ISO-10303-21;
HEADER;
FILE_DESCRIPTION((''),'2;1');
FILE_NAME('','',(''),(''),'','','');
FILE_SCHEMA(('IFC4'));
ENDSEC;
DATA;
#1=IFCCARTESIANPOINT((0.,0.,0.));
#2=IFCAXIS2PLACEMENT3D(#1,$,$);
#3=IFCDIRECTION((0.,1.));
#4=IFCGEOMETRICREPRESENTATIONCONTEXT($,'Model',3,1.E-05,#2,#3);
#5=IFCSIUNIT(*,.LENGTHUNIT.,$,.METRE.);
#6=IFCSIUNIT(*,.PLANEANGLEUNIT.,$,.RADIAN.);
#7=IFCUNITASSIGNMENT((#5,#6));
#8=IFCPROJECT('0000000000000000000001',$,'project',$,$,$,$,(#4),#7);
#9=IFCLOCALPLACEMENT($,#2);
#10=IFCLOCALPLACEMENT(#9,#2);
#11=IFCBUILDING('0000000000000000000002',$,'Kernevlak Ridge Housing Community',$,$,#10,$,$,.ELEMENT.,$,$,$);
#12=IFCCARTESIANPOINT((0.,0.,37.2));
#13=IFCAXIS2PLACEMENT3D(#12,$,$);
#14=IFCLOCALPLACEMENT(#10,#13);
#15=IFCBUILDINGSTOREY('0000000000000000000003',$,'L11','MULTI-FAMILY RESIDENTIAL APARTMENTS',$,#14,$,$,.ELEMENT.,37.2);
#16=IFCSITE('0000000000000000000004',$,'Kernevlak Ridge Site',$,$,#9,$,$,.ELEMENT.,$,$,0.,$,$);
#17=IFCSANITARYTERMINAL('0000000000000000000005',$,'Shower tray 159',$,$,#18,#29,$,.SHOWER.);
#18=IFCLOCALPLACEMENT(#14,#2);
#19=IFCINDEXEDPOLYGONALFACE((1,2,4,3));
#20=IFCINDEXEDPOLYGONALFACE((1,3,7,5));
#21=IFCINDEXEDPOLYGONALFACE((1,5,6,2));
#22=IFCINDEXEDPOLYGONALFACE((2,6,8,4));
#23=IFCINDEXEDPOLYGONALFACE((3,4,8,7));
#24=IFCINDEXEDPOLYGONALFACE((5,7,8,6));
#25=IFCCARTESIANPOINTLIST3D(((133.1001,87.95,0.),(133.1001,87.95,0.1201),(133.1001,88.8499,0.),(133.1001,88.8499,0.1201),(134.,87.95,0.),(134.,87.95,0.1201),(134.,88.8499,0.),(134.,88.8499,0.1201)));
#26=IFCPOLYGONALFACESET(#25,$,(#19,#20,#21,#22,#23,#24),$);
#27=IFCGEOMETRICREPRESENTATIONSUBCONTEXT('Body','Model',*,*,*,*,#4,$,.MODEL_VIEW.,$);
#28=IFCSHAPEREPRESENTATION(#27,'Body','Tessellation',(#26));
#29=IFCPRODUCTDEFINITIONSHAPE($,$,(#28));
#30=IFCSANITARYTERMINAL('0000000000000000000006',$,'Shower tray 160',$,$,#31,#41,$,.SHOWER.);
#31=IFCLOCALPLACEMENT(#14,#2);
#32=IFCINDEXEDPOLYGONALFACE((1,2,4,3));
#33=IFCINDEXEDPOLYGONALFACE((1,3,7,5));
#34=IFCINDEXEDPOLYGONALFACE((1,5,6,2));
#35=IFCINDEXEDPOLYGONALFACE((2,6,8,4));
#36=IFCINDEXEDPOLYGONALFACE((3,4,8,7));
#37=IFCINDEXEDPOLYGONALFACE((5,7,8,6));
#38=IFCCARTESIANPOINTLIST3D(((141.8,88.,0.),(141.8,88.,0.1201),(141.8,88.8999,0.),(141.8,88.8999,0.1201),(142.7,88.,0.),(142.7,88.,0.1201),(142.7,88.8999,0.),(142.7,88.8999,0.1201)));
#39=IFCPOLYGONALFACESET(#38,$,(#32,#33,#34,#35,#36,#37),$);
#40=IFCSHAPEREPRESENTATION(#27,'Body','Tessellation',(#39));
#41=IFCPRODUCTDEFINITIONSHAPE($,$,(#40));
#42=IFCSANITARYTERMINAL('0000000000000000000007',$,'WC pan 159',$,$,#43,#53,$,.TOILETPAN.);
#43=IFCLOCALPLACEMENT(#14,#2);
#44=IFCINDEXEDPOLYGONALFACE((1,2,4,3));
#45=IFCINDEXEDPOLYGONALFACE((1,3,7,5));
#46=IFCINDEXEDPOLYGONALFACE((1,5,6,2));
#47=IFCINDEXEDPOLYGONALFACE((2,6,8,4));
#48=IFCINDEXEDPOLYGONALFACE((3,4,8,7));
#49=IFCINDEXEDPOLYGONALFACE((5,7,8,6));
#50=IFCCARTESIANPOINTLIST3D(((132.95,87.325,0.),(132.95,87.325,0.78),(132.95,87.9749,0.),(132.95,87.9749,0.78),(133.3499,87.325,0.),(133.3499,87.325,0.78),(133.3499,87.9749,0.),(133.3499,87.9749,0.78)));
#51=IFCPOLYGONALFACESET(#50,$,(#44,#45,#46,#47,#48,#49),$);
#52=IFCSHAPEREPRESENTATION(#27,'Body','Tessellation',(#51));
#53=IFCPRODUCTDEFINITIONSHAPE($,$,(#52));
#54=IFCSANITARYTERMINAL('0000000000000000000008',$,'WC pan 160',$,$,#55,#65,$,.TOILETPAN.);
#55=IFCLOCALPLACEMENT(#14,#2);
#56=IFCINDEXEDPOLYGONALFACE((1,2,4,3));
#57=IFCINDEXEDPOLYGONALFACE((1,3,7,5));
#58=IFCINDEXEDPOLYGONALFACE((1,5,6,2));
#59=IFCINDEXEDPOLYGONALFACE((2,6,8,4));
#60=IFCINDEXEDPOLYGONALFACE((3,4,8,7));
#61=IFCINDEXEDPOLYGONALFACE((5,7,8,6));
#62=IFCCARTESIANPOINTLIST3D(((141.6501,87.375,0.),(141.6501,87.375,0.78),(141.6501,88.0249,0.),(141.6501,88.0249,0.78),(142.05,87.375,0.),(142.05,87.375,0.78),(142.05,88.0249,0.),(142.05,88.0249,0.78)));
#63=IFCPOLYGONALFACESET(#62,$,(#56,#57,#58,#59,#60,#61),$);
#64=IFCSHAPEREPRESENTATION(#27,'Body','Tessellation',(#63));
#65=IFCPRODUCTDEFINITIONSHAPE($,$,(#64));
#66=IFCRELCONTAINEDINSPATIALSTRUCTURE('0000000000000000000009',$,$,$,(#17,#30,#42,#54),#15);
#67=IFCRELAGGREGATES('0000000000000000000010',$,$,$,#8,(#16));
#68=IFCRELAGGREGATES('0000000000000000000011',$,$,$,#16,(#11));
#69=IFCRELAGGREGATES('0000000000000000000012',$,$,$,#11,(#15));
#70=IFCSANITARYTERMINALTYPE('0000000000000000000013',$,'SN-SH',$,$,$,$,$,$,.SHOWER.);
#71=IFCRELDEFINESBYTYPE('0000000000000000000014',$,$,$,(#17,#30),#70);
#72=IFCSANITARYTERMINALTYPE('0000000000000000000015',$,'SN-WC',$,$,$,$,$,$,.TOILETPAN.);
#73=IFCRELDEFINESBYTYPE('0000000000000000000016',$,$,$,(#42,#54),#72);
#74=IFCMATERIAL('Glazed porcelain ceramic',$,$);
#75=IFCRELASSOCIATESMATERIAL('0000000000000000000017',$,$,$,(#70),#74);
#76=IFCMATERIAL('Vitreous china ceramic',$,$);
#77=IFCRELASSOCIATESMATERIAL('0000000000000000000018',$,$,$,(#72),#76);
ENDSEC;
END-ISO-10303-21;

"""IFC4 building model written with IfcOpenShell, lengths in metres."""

from ifc_helpers import new_model, si_unit, direction, frame, origin, origin_2d, place, context, subcontext, project, spatial, rectangle, extrude, material, type_object, element, save


model = new_model("IFC4")

# Units and contexts
model_context = context("Model", 3, precision=1e-05, world=origin(), true_north=direction((0.0, 1.0)))
body_context = subcontext(model_context, "Body", "Model", "MODEL_VIEW")
ifc_project = project(units=[si_unit("LENGTHUNIT", "METRE"), si_unit("PLANEANGLEUNIT", "RADIAN")], contexts=[model_context])

# Site, building, storey
site_placement = place(None, origin())
site = spatial("IfcSite", under=ifc_project, at=site_placement, Name="Kernevlak Ridge Site", CompositionType="ELEMENT", RefElevation=0.0)
building_placement = place(site_placement, origin())
building = spatial("IfcBuilding", under=site, at=building_placement, Name="Kernevlak Ridge Housing Community", CompositionType="ELEMENT")
storey_placement = place(building_placement, frame((0.0, 0.0, 37.2)))
storey = spatial("IfcBuildingStorey", under=building, at=storey_placement, Name="L11", Description="MULTI-FAMILY RESIDENTIAL APARTMENTS", CompositionType="ELEMENT", Elevation=37.2)

# Sanitary terminals
ifc_material_1 = material(Name="Vitreous china ceramic")
ifc_material_2 = material(Name="Glazed porcelain ceramic")
sanitary_terminal_type_1 = type_object("IfcSanitaryTerminalType", Name="SN-SH", PredefinedType="SHOWER", material=ifc_material_2)
for number, where, z_axis, x_axis, name in (
    (1, (133.55, 88.3999, 0.0), (0.0, 0.0, 1.0), (1.0, 0.0, 0.0), "Shower tray 159"),
    (2, (142.25, 88.45, 0.0), (0.0, 0.0, 1.0), (1.0, 0.0, 0.0), "Shower tray 160"),
):
    element("IfcSanitaryTerminal", number, at=place(storey_placement, frame(where, z_axis=z_axis, x_axis=x_axis)), inside=storey, type_object=sanitary_terminal_type_1, Name=name, PredefinedType="SHOWER", context=body_context, shape_type="SweptSolid", body=[
        extrude(rectangle(XDim=0.8999, YDim=0.8999, at=origin_2d()), origin(), (0.0, 0.0, 1.0), 0.1201),
    ])
sanitary_terminal_type_2 = type_object("IfcSanitaryTerminalType", Name="SN-WC", PredefinedType="TOILETPAN", material=ifc_material_1)
for number, where, z_axis, x_axis, name in (
    (3, (133.1499, 87.6499, 0.0), (0.0, 0.0, 1.0), (1.0, 0.0, 0.0), "WC pan 159"),
    (4, (141.8501, 87.7, 0.0), (0.0, 0.0, 1.0), (1.0, 0.0, 0.0), "WC pan 160"),
):
    element("IfcSanitaryTerminal", number, at=place(storey_placement, frame(where, z_axis=z_axis, x_axis=x_axis)), inside=storey, type_object=sanitary_terminal_type_2, Name=name, PredefinedType="TOILETPAN", context=body_context, shape_type="SweptSolid", body=[
        extrude(rectangle(XDim=0.3999, YDim=0.6499, at=origin_2d()), origin(), (0.0, 0.0, 1.0), 0.78),
    ])

save(model, "model.ifc")
